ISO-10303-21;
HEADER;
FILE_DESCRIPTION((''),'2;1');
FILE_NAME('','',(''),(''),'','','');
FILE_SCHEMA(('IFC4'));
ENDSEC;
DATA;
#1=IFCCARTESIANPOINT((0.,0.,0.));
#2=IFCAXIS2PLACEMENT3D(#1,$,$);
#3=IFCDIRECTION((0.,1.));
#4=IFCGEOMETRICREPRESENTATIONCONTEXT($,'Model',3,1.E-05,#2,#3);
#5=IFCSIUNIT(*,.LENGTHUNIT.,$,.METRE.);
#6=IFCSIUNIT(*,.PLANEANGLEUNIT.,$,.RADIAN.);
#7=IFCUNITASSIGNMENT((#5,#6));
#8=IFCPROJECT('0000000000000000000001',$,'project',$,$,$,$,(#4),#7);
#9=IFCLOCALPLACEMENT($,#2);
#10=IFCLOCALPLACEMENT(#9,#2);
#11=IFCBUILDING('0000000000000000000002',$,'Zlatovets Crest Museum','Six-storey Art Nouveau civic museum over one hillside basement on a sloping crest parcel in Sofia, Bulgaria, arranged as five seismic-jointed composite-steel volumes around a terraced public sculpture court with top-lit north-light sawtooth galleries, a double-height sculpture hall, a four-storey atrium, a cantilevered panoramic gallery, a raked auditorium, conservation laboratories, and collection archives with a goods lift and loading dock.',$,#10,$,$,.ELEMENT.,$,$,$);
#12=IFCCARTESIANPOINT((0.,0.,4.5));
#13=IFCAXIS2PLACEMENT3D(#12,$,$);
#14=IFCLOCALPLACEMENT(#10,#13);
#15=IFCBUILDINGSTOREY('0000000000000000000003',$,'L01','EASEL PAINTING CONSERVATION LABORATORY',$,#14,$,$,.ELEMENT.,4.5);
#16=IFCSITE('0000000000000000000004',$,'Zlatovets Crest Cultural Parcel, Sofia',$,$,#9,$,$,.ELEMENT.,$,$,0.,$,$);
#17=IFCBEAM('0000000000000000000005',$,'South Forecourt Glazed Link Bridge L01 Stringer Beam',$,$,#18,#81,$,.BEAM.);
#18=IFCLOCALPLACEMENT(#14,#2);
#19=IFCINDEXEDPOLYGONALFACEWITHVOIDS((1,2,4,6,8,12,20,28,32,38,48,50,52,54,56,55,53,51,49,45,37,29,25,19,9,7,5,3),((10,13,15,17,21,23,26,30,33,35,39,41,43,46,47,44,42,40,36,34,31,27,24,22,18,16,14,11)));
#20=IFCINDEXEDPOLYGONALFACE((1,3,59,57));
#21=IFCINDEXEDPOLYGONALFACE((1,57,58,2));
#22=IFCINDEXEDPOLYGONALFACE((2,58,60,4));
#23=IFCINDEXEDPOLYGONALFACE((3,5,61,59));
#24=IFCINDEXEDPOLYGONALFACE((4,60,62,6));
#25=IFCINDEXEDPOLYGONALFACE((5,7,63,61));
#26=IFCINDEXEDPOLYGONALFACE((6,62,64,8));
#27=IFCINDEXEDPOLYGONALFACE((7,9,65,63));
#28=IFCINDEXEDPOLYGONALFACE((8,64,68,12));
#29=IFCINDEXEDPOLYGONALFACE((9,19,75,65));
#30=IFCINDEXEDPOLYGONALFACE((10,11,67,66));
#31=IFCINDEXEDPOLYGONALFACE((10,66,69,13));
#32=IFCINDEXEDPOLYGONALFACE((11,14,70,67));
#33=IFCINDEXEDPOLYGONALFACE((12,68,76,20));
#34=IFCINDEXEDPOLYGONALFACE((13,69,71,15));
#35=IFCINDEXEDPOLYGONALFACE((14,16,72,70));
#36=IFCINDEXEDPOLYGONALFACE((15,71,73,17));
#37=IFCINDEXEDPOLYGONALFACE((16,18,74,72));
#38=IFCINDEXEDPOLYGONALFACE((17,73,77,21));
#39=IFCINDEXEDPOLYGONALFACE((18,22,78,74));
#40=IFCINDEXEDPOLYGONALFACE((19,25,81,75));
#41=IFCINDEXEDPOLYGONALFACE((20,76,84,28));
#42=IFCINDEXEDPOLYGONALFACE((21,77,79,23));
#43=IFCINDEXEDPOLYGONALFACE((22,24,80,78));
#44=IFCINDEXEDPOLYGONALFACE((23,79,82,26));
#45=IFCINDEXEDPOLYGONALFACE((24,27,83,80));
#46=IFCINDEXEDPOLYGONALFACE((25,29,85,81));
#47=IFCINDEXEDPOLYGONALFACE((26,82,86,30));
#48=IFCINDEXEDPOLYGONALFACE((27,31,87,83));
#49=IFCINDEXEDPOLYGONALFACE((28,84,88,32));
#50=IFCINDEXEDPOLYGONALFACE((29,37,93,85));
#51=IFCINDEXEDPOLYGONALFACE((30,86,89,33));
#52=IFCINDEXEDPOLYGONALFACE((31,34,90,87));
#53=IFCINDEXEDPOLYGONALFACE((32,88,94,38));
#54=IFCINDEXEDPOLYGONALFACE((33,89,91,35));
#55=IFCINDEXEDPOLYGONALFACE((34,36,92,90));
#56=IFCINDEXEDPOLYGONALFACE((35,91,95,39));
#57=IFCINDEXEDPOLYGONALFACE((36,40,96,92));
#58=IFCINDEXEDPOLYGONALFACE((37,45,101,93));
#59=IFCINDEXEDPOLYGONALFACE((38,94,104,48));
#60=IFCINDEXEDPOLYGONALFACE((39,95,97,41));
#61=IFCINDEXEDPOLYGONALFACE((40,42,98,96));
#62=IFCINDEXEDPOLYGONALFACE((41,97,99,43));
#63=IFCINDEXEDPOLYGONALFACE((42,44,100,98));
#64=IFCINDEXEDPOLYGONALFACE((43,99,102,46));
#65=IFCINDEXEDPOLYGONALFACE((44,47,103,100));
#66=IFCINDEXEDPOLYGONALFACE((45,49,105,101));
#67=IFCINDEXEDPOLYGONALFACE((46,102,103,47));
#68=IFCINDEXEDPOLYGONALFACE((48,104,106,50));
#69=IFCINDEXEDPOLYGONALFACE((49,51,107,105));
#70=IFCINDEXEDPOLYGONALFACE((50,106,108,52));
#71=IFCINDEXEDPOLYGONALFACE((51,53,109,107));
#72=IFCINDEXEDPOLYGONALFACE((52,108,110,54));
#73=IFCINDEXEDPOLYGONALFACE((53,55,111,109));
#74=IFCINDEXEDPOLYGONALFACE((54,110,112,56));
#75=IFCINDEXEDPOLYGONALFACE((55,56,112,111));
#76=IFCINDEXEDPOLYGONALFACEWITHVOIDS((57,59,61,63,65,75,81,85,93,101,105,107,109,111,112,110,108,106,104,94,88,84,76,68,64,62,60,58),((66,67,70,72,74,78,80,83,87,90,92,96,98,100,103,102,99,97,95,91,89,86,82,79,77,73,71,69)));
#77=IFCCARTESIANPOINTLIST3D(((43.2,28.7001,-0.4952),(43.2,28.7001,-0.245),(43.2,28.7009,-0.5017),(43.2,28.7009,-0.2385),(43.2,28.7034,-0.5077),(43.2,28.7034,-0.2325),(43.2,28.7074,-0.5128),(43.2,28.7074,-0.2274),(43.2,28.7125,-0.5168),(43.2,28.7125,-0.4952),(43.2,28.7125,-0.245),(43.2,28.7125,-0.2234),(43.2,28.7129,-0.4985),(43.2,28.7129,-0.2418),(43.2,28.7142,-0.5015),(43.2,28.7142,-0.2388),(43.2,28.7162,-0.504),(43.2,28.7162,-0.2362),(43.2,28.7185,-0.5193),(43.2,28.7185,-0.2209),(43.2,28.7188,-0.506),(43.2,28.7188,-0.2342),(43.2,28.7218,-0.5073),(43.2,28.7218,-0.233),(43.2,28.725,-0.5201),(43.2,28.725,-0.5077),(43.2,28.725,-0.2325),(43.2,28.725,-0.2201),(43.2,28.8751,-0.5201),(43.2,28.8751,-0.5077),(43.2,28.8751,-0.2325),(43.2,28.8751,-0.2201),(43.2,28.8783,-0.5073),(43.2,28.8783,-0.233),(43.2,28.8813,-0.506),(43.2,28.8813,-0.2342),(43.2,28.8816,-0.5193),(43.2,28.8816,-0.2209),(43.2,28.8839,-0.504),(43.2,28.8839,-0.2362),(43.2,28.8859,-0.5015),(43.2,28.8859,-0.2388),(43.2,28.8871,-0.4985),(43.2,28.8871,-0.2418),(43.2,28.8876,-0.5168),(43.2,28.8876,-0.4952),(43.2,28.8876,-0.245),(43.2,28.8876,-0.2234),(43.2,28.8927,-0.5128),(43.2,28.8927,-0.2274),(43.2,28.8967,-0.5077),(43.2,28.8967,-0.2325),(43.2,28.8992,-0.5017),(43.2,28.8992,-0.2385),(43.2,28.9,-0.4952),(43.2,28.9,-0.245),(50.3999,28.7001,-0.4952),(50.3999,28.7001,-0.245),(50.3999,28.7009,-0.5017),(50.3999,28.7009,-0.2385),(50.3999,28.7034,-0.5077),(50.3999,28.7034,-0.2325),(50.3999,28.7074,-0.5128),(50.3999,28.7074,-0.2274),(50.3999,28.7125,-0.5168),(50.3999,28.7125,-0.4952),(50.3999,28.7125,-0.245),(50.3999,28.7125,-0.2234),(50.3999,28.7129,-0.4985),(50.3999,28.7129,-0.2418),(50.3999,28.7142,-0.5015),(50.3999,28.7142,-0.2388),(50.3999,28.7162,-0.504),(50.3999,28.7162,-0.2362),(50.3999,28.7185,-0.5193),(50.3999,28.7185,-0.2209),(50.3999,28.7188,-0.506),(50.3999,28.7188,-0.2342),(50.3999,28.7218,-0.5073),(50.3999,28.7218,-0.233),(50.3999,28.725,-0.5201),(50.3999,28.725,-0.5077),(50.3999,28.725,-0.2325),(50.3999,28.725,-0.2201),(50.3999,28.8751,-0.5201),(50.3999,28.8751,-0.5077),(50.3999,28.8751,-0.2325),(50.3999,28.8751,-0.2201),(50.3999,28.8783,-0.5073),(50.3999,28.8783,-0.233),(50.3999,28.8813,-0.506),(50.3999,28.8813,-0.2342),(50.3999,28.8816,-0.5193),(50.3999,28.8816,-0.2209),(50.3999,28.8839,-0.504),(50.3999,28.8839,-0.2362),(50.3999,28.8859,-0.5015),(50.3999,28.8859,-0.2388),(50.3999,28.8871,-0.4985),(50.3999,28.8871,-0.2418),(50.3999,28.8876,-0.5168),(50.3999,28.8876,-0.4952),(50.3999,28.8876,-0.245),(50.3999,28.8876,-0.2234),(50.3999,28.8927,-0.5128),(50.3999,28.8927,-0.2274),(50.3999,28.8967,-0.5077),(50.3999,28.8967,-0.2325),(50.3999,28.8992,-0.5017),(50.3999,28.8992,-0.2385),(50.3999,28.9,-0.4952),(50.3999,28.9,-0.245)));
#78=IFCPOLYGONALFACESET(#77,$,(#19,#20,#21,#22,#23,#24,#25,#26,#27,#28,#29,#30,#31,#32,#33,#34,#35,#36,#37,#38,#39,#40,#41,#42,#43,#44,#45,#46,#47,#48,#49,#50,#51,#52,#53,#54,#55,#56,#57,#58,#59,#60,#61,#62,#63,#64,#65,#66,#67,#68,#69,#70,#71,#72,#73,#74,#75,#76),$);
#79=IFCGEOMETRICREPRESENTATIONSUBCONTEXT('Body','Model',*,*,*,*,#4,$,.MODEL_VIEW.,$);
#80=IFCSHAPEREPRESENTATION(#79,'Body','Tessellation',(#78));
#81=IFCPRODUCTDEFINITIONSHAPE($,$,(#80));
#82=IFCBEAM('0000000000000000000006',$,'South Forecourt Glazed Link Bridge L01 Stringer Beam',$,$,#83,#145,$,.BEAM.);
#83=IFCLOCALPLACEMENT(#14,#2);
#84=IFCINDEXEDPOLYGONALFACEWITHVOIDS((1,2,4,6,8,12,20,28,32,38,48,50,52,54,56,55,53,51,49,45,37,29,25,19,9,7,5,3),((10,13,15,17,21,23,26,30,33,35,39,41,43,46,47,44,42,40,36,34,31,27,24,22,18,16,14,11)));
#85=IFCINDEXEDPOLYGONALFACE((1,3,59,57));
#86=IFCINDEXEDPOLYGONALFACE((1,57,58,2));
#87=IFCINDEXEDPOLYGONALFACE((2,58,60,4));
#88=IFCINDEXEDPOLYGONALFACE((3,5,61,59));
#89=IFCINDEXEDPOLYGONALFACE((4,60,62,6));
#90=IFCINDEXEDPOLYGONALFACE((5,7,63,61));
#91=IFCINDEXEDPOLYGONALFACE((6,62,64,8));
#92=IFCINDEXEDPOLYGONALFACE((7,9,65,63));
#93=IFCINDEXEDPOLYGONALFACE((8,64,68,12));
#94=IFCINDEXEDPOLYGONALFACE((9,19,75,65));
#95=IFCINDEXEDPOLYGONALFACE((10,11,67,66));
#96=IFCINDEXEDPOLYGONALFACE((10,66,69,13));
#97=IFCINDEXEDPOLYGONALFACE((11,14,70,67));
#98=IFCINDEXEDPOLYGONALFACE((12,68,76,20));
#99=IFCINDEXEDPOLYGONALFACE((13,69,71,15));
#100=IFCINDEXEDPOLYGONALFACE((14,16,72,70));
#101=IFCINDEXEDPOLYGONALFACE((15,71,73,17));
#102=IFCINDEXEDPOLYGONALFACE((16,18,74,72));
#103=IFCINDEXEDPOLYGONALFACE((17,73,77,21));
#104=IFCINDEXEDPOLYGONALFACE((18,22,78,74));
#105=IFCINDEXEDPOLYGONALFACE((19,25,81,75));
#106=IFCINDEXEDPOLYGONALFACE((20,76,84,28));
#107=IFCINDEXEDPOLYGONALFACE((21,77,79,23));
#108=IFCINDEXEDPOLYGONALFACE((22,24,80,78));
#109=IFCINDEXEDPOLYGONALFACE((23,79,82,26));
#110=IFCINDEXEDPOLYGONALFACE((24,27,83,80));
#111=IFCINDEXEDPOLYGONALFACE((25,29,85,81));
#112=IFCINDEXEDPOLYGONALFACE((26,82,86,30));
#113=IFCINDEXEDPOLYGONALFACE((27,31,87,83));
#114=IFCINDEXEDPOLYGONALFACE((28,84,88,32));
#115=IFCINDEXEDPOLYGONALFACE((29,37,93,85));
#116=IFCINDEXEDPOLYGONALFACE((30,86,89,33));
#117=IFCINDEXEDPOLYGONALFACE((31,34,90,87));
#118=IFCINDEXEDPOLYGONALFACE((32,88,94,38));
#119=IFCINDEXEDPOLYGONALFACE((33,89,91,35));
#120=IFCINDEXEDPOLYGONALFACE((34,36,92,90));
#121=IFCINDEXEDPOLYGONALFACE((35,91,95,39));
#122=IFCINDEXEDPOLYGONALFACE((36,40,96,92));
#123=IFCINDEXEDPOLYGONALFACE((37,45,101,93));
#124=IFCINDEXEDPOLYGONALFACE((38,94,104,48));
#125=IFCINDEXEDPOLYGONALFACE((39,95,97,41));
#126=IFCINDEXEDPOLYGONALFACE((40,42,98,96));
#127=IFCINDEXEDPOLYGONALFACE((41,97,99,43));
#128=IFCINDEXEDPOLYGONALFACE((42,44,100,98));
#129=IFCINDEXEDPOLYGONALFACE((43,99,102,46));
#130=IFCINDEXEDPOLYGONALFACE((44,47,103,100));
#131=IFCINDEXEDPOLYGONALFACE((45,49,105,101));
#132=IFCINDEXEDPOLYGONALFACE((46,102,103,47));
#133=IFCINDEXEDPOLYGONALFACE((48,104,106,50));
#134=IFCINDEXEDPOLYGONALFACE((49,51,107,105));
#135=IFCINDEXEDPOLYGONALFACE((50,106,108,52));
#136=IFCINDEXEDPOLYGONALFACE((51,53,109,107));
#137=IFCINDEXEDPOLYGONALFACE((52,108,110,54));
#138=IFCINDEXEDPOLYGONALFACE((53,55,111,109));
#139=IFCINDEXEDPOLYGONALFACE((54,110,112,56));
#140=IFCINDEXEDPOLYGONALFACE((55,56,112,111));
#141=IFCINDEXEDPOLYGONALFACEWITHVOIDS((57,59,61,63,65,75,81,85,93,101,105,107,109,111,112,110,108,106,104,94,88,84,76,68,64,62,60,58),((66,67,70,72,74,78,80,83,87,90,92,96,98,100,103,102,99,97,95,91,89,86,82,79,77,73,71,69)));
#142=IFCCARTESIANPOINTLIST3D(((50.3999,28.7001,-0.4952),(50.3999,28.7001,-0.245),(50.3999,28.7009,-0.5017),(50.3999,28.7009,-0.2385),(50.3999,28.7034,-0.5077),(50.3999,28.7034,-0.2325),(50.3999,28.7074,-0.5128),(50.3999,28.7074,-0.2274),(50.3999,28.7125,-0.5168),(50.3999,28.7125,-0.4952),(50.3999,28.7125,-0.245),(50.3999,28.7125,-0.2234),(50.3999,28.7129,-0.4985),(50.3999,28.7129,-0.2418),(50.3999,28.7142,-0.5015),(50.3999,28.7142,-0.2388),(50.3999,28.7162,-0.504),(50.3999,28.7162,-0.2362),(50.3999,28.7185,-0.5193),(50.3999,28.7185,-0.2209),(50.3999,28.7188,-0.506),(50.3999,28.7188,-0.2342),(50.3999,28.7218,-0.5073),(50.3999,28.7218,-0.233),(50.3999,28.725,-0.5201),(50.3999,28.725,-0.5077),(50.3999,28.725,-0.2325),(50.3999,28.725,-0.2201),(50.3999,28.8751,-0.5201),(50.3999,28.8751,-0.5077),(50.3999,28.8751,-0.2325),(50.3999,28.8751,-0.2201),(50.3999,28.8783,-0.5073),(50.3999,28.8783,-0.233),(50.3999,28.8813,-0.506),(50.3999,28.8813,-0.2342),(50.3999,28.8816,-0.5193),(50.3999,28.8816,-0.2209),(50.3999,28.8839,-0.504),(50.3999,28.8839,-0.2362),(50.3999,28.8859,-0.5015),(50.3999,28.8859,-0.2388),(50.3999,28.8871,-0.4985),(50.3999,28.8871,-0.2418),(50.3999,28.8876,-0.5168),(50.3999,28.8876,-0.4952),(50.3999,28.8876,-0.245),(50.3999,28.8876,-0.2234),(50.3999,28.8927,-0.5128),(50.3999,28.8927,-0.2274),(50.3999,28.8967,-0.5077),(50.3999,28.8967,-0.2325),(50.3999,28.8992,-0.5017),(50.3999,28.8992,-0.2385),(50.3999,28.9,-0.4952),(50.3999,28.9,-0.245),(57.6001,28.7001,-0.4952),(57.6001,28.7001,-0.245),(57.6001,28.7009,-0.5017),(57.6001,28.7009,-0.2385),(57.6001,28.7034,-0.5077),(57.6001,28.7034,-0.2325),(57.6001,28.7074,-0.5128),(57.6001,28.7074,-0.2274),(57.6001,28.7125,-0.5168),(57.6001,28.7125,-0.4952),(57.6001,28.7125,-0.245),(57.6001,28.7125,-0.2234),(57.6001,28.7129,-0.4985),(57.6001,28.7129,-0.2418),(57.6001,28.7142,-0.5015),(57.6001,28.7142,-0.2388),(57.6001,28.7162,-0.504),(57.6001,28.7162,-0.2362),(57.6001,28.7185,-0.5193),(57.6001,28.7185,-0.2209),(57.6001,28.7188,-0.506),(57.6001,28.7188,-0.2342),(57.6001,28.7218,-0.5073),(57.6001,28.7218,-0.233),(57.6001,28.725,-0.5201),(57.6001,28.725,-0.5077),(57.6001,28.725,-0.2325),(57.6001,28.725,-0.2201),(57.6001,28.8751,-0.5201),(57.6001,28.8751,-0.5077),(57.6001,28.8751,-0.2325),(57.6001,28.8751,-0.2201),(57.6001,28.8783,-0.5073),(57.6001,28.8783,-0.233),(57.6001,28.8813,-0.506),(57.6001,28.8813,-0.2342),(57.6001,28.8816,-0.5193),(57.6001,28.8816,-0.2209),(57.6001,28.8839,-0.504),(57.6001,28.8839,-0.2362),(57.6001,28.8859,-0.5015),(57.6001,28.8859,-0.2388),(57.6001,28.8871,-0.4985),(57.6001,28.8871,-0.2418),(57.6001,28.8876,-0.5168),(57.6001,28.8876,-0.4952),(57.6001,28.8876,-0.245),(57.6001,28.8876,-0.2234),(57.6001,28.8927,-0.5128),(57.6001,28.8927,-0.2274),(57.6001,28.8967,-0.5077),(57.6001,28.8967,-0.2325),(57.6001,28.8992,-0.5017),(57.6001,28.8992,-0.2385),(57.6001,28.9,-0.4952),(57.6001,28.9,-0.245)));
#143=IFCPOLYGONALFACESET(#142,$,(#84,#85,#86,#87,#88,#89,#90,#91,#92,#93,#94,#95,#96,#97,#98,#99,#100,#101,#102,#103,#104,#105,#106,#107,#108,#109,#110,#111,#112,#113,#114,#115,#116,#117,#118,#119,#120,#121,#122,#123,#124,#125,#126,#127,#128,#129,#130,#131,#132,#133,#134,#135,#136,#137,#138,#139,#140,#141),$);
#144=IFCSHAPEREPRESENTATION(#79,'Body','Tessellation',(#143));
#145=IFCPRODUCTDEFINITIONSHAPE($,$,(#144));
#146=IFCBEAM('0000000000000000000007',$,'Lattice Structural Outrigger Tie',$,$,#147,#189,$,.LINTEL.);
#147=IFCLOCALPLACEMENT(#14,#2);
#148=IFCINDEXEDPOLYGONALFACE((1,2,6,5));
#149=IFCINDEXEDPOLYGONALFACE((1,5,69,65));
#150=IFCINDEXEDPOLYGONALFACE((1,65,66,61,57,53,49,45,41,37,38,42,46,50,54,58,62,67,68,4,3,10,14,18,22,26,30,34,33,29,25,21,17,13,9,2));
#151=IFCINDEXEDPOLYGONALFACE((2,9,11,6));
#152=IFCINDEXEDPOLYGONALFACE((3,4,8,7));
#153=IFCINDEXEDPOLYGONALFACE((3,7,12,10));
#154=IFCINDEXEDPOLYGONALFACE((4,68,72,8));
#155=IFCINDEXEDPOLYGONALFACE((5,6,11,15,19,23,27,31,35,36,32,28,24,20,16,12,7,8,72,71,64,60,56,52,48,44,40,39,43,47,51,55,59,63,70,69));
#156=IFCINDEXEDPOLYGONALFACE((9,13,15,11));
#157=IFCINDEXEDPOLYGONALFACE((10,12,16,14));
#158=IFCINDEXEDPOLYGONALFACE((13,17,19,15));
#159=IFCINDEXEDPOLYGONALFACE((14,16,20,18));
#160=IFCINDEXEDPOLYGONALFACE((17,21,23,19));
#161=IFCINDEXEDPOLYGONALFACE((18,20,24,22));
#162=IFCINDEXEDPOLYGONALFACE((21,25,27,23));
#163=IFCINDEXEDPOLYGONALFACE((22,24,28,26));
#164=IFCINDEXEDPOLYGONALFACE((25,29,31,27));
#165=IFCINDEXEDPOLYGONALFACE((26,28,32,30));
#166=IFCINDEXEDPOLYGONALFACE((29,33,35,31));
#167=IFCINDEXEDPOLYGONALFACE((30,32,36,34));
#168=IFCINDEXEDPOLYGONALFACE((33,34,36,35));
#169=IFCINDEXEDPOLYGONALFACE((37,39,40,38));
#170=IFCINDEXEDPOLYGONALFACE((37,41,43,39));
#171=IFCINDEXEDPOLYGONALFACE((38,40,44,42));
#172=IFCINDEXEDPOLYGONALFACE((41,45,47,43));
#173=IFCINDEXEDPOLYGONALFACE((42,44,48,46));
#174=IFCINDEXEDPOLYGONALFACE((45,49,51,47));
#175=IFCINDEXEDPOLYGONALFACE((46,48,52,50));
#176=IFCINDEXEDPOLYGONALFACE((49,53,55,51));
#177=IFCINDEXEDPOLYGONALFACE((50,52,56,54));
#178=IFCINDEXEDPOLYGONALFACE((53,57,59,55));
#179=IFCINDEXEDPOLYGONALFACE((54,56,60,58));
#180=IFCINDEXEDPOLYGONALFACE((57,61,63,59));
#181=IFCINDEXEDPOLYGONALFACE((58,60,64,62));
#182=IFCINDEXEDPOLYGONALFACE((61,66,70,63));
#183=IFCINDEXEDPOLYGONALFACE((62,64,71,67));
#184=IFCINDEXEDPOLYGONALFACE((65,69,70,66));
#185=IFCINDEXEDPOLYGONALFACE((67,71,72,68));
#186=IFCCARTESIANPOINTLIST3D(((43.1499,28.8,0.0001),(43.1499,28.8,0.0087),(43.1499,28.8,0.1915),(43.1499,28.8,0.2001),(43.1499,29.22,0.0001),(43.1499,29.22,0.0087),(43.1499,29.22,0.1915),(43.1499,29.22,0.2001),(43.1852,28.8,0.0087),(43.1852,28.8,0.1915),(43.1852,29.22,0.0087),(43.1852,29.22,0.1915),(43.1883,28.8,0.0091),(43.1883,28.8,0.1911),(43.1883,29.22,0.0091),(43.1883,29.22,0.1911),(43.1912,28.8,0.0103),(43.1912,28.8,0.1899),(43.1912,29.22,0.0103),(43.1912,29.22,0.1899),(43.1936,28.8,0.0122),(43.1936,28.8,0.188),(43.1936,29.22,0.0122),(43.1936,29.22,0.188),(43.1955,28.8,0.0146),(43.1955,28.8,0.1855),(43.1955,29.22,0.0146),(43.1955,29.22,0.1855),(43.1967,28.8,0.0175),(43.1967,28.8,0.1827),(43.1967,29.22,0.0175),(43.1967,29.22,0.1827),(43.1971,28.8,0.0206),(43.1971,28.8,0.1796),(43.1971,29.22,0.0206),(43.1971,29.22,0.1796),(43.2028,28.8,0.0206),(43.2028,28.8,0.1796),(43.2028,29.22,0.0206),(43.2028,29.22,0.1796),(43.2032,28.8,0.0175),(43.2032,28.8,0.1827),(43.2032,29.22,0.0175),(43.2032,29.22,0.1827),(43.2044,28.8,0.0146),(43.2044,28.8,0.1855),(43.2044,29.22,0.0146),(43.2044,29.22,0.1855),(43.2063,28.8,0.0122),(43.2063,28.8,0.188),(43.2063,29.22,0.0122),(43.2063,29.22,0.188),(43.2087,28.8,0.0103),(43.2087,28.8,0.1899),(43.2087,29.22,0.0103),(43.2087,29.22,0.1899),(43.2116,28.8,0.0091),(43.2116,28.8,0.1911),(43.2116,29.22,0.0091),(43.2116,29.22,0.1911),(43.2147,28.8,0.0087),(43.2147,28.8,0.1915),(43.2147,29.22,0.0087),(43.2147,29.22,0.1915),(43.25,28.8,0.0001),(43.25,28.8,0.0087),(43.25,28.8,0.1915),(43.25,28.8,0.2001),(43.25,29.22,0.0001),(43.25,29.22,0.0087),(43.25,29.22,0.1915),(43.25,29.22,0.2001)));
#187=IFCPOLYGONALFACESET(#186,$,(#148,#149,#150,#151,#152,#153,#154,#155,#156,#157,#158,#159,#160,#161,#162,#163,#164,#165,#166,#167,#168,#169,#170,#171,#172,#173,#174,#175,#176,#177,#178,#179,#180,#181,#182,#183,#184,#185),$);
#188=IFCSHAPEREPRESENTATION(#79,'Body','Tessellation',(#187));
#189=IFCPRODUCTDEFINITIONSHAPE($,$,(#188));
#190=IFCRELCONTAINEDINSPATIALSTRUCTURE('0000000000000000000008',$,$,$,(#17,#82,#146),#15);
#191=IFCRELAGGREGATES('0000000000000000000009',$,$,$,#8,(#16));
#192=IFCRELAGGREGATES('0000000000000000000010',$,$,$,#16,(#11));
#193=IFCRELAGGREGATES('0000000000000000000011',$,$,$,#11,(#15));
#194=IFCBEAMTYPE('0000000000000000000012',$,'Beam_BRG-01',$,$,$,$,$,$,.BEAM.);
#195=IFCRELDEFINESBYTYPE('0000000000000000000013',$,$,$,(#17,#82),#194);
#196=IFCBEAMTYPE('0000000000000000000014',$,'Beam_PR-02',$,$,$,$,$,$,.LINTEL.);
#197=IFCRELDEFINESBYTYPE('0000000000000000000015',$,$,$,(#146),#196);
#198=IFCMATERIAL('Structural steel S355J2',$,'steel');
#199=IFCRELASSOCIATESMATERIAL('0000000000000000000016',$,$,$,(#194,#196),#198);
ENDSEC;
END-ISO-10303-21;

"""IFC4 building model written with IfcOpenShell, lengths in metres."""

from ifc_helpers import new_model, si_unit, direction, frame, origin, origin_2d, place, context, subcontext, project, spatial, hollow_rectangle, i_section, extrude, material, material_profile, profile_set, type_object, element, save


model = new_model("IFC4")

# Units and contexts
model_context = context("Model", 3, precision=1e-05, world=origin(), true_north=direction((0.0, 1.0)))
body_context = subcontext(model_context, "Body", "Model", "MODEL_VIEW")
ifc_project = project(units=[si_unit("LENGTHUNIT", "METRE"), si_unit("PLANEANGLEUNIT", "RADIAN")], contexts=[model_context])

# Site, building, storey
site_placement = place(None, origin())
site = spatial("IfcSite", under=ifc_project, at=site_placement, Name="Zlatovets Crest Cultural Parcel, Sofia", CompositionType="ELEMENT", RefElevation=0.0)
building_placement = place(site_placement, origin())
building = spatial("IfcBuilding", under=site, at=building_placement, Name="Zlatovets Crest Museum", Description="Six-storey Art Nouveau civic museum over one hillside basement on a sloping crest parcel in Sofia, Bulgaria, arranged as five seismic-jointed composite-steel volumes around a terraced public sculpture court with top-lit north-light sawtooth galleries, a double-height sculpture hall, a four-storey atrium, a cantilevered panoramic gallery, a raked auditorium, conservation laboratories, and collection archives with a goods lift and loading dock.", CompositionType="ELEMENT")
storey_placement = place(building_placement, frame((0.0, 0.0, 4.5)))
storey = spatial("IfcBuildingStorey", under=building, at=storey_placement, Name="L01", Description="EASEL PAINTING CONSERVATION LABORATORY", CompositionType="ELEMENT", Elevation=4.5)

# Shared definitions
ifc_material_1 = material(Name="Structural steel S355J2", Category="steel")

# Beams
ifc_material_profile_1 = material_profile(ifc_material_1, hollow_rectangle(XDim=0.2, YDim=0.3, WallThickness=0.0125, InnerFilletRadius=0.0125, OuterFilletRadius=0.0249, at=origin_2d()), Name="RHS 200x300x12.5")
ifc_profile_set_1 = profile_set([ifc_material_profile_1], Name="Structural steel S355J2")
beam_type_1 = type_object("IfcBeamType", Name="Beam_BRG-01", PredefinedType="BEAM", material=ifc_profile_set_1)
beam_1_placement = place(storey_placement, frame((43.2, 28.8, -0.3701), z_axis=(1.0, 0.0, 0.0), x_axis=(0.0, 1.0, 0.0)))
element("IfcBeam", 1, at=beam_1_placement, inside=storey, type_object=beam_type_1, Name="South Forecourt Glazed Link Bridge L01 Stringer Beam", PredefinedType="BEAM", context=body_context, shape_type="SweptSolid", body=[
    extrude(hollow_rectangle(XDim=0.2, YDim=0.3, WallThickness=0.0125, InnerFilletRadius=0.0125, OuterFilletRadius=0.0249, at=origin_2d()), origin(), (0.0, 0.0, 1.0), 7.2),
])
beam_2_placement = place(storey_placement, frame((50.3999, 28.8, -0.3701), z_axis=(1.0, 0.0, 0.0), x_axis=(0.0, 1.0, 0.0)))
element("IfcBeam", 2, at=beam_2_placement, inside=storey, type_object=beam_type_1, Name="South Forecourt Glazed Link Bridge L01 Stringer Beam", PredefinedType="BEAM", context=body_context, shape_type="SweptSolid", body=[
    extrude(hollow_rectangle(XDim=0.2, YDim=0.3, WallThickness=0.0125, InnerFilletRadius=0.0125, OuterFilletRadius=0.0249, at=origin_2d()), origin(), (0.0, 0.0, 1.0), 7.2002),
])
ifc_material_profile_2 = material_profile(ifc_material_1, i_section(OverallWidth=0.1001, OverallDepth=0.2, WebThickness=0.0056, FlangeThickness=0.0085, FilletRadius=0.012, at=origin_2d()), Name="IPE 200")
ifc_profile_set_2 = profile_set([ifc_material_profile_2], Name="Structural steel S355J2")
beam_type_2 = type_object("IfcBeamType", Name="Beam_PR-02", PredefinedType="LINTEL", material=ifc_profile_set_2)
for number, where, z_axis, x_axis, name in (
    (3, (43.2, 28.8, 0.1001), (0.0, 1.0, 0.0), (-1.0, 0.0, 0.0), "Lattice Structural Outrigger Tie"),
):
    element("IfcBeam", number, at=place(storey_placement, frame(where, z_axis=z_axis, x_axis=x_axis)), inside=storey, type_object=beam_type_2, Name=name, PredefinedType="LINTEL", context=body_context, shape_type="SweptSolid", body=[
        extrude(i_section(OverallWidth=0.1001, OverallDepth=0.2, WebThickness=0.0056, FlangeThickness=0.0085, FilletRadius=0.012, at=origin_2d()), origin(), (0.0, 0.0, 1.0), 0.4199),
    ])

save(model, "model.ifc")
